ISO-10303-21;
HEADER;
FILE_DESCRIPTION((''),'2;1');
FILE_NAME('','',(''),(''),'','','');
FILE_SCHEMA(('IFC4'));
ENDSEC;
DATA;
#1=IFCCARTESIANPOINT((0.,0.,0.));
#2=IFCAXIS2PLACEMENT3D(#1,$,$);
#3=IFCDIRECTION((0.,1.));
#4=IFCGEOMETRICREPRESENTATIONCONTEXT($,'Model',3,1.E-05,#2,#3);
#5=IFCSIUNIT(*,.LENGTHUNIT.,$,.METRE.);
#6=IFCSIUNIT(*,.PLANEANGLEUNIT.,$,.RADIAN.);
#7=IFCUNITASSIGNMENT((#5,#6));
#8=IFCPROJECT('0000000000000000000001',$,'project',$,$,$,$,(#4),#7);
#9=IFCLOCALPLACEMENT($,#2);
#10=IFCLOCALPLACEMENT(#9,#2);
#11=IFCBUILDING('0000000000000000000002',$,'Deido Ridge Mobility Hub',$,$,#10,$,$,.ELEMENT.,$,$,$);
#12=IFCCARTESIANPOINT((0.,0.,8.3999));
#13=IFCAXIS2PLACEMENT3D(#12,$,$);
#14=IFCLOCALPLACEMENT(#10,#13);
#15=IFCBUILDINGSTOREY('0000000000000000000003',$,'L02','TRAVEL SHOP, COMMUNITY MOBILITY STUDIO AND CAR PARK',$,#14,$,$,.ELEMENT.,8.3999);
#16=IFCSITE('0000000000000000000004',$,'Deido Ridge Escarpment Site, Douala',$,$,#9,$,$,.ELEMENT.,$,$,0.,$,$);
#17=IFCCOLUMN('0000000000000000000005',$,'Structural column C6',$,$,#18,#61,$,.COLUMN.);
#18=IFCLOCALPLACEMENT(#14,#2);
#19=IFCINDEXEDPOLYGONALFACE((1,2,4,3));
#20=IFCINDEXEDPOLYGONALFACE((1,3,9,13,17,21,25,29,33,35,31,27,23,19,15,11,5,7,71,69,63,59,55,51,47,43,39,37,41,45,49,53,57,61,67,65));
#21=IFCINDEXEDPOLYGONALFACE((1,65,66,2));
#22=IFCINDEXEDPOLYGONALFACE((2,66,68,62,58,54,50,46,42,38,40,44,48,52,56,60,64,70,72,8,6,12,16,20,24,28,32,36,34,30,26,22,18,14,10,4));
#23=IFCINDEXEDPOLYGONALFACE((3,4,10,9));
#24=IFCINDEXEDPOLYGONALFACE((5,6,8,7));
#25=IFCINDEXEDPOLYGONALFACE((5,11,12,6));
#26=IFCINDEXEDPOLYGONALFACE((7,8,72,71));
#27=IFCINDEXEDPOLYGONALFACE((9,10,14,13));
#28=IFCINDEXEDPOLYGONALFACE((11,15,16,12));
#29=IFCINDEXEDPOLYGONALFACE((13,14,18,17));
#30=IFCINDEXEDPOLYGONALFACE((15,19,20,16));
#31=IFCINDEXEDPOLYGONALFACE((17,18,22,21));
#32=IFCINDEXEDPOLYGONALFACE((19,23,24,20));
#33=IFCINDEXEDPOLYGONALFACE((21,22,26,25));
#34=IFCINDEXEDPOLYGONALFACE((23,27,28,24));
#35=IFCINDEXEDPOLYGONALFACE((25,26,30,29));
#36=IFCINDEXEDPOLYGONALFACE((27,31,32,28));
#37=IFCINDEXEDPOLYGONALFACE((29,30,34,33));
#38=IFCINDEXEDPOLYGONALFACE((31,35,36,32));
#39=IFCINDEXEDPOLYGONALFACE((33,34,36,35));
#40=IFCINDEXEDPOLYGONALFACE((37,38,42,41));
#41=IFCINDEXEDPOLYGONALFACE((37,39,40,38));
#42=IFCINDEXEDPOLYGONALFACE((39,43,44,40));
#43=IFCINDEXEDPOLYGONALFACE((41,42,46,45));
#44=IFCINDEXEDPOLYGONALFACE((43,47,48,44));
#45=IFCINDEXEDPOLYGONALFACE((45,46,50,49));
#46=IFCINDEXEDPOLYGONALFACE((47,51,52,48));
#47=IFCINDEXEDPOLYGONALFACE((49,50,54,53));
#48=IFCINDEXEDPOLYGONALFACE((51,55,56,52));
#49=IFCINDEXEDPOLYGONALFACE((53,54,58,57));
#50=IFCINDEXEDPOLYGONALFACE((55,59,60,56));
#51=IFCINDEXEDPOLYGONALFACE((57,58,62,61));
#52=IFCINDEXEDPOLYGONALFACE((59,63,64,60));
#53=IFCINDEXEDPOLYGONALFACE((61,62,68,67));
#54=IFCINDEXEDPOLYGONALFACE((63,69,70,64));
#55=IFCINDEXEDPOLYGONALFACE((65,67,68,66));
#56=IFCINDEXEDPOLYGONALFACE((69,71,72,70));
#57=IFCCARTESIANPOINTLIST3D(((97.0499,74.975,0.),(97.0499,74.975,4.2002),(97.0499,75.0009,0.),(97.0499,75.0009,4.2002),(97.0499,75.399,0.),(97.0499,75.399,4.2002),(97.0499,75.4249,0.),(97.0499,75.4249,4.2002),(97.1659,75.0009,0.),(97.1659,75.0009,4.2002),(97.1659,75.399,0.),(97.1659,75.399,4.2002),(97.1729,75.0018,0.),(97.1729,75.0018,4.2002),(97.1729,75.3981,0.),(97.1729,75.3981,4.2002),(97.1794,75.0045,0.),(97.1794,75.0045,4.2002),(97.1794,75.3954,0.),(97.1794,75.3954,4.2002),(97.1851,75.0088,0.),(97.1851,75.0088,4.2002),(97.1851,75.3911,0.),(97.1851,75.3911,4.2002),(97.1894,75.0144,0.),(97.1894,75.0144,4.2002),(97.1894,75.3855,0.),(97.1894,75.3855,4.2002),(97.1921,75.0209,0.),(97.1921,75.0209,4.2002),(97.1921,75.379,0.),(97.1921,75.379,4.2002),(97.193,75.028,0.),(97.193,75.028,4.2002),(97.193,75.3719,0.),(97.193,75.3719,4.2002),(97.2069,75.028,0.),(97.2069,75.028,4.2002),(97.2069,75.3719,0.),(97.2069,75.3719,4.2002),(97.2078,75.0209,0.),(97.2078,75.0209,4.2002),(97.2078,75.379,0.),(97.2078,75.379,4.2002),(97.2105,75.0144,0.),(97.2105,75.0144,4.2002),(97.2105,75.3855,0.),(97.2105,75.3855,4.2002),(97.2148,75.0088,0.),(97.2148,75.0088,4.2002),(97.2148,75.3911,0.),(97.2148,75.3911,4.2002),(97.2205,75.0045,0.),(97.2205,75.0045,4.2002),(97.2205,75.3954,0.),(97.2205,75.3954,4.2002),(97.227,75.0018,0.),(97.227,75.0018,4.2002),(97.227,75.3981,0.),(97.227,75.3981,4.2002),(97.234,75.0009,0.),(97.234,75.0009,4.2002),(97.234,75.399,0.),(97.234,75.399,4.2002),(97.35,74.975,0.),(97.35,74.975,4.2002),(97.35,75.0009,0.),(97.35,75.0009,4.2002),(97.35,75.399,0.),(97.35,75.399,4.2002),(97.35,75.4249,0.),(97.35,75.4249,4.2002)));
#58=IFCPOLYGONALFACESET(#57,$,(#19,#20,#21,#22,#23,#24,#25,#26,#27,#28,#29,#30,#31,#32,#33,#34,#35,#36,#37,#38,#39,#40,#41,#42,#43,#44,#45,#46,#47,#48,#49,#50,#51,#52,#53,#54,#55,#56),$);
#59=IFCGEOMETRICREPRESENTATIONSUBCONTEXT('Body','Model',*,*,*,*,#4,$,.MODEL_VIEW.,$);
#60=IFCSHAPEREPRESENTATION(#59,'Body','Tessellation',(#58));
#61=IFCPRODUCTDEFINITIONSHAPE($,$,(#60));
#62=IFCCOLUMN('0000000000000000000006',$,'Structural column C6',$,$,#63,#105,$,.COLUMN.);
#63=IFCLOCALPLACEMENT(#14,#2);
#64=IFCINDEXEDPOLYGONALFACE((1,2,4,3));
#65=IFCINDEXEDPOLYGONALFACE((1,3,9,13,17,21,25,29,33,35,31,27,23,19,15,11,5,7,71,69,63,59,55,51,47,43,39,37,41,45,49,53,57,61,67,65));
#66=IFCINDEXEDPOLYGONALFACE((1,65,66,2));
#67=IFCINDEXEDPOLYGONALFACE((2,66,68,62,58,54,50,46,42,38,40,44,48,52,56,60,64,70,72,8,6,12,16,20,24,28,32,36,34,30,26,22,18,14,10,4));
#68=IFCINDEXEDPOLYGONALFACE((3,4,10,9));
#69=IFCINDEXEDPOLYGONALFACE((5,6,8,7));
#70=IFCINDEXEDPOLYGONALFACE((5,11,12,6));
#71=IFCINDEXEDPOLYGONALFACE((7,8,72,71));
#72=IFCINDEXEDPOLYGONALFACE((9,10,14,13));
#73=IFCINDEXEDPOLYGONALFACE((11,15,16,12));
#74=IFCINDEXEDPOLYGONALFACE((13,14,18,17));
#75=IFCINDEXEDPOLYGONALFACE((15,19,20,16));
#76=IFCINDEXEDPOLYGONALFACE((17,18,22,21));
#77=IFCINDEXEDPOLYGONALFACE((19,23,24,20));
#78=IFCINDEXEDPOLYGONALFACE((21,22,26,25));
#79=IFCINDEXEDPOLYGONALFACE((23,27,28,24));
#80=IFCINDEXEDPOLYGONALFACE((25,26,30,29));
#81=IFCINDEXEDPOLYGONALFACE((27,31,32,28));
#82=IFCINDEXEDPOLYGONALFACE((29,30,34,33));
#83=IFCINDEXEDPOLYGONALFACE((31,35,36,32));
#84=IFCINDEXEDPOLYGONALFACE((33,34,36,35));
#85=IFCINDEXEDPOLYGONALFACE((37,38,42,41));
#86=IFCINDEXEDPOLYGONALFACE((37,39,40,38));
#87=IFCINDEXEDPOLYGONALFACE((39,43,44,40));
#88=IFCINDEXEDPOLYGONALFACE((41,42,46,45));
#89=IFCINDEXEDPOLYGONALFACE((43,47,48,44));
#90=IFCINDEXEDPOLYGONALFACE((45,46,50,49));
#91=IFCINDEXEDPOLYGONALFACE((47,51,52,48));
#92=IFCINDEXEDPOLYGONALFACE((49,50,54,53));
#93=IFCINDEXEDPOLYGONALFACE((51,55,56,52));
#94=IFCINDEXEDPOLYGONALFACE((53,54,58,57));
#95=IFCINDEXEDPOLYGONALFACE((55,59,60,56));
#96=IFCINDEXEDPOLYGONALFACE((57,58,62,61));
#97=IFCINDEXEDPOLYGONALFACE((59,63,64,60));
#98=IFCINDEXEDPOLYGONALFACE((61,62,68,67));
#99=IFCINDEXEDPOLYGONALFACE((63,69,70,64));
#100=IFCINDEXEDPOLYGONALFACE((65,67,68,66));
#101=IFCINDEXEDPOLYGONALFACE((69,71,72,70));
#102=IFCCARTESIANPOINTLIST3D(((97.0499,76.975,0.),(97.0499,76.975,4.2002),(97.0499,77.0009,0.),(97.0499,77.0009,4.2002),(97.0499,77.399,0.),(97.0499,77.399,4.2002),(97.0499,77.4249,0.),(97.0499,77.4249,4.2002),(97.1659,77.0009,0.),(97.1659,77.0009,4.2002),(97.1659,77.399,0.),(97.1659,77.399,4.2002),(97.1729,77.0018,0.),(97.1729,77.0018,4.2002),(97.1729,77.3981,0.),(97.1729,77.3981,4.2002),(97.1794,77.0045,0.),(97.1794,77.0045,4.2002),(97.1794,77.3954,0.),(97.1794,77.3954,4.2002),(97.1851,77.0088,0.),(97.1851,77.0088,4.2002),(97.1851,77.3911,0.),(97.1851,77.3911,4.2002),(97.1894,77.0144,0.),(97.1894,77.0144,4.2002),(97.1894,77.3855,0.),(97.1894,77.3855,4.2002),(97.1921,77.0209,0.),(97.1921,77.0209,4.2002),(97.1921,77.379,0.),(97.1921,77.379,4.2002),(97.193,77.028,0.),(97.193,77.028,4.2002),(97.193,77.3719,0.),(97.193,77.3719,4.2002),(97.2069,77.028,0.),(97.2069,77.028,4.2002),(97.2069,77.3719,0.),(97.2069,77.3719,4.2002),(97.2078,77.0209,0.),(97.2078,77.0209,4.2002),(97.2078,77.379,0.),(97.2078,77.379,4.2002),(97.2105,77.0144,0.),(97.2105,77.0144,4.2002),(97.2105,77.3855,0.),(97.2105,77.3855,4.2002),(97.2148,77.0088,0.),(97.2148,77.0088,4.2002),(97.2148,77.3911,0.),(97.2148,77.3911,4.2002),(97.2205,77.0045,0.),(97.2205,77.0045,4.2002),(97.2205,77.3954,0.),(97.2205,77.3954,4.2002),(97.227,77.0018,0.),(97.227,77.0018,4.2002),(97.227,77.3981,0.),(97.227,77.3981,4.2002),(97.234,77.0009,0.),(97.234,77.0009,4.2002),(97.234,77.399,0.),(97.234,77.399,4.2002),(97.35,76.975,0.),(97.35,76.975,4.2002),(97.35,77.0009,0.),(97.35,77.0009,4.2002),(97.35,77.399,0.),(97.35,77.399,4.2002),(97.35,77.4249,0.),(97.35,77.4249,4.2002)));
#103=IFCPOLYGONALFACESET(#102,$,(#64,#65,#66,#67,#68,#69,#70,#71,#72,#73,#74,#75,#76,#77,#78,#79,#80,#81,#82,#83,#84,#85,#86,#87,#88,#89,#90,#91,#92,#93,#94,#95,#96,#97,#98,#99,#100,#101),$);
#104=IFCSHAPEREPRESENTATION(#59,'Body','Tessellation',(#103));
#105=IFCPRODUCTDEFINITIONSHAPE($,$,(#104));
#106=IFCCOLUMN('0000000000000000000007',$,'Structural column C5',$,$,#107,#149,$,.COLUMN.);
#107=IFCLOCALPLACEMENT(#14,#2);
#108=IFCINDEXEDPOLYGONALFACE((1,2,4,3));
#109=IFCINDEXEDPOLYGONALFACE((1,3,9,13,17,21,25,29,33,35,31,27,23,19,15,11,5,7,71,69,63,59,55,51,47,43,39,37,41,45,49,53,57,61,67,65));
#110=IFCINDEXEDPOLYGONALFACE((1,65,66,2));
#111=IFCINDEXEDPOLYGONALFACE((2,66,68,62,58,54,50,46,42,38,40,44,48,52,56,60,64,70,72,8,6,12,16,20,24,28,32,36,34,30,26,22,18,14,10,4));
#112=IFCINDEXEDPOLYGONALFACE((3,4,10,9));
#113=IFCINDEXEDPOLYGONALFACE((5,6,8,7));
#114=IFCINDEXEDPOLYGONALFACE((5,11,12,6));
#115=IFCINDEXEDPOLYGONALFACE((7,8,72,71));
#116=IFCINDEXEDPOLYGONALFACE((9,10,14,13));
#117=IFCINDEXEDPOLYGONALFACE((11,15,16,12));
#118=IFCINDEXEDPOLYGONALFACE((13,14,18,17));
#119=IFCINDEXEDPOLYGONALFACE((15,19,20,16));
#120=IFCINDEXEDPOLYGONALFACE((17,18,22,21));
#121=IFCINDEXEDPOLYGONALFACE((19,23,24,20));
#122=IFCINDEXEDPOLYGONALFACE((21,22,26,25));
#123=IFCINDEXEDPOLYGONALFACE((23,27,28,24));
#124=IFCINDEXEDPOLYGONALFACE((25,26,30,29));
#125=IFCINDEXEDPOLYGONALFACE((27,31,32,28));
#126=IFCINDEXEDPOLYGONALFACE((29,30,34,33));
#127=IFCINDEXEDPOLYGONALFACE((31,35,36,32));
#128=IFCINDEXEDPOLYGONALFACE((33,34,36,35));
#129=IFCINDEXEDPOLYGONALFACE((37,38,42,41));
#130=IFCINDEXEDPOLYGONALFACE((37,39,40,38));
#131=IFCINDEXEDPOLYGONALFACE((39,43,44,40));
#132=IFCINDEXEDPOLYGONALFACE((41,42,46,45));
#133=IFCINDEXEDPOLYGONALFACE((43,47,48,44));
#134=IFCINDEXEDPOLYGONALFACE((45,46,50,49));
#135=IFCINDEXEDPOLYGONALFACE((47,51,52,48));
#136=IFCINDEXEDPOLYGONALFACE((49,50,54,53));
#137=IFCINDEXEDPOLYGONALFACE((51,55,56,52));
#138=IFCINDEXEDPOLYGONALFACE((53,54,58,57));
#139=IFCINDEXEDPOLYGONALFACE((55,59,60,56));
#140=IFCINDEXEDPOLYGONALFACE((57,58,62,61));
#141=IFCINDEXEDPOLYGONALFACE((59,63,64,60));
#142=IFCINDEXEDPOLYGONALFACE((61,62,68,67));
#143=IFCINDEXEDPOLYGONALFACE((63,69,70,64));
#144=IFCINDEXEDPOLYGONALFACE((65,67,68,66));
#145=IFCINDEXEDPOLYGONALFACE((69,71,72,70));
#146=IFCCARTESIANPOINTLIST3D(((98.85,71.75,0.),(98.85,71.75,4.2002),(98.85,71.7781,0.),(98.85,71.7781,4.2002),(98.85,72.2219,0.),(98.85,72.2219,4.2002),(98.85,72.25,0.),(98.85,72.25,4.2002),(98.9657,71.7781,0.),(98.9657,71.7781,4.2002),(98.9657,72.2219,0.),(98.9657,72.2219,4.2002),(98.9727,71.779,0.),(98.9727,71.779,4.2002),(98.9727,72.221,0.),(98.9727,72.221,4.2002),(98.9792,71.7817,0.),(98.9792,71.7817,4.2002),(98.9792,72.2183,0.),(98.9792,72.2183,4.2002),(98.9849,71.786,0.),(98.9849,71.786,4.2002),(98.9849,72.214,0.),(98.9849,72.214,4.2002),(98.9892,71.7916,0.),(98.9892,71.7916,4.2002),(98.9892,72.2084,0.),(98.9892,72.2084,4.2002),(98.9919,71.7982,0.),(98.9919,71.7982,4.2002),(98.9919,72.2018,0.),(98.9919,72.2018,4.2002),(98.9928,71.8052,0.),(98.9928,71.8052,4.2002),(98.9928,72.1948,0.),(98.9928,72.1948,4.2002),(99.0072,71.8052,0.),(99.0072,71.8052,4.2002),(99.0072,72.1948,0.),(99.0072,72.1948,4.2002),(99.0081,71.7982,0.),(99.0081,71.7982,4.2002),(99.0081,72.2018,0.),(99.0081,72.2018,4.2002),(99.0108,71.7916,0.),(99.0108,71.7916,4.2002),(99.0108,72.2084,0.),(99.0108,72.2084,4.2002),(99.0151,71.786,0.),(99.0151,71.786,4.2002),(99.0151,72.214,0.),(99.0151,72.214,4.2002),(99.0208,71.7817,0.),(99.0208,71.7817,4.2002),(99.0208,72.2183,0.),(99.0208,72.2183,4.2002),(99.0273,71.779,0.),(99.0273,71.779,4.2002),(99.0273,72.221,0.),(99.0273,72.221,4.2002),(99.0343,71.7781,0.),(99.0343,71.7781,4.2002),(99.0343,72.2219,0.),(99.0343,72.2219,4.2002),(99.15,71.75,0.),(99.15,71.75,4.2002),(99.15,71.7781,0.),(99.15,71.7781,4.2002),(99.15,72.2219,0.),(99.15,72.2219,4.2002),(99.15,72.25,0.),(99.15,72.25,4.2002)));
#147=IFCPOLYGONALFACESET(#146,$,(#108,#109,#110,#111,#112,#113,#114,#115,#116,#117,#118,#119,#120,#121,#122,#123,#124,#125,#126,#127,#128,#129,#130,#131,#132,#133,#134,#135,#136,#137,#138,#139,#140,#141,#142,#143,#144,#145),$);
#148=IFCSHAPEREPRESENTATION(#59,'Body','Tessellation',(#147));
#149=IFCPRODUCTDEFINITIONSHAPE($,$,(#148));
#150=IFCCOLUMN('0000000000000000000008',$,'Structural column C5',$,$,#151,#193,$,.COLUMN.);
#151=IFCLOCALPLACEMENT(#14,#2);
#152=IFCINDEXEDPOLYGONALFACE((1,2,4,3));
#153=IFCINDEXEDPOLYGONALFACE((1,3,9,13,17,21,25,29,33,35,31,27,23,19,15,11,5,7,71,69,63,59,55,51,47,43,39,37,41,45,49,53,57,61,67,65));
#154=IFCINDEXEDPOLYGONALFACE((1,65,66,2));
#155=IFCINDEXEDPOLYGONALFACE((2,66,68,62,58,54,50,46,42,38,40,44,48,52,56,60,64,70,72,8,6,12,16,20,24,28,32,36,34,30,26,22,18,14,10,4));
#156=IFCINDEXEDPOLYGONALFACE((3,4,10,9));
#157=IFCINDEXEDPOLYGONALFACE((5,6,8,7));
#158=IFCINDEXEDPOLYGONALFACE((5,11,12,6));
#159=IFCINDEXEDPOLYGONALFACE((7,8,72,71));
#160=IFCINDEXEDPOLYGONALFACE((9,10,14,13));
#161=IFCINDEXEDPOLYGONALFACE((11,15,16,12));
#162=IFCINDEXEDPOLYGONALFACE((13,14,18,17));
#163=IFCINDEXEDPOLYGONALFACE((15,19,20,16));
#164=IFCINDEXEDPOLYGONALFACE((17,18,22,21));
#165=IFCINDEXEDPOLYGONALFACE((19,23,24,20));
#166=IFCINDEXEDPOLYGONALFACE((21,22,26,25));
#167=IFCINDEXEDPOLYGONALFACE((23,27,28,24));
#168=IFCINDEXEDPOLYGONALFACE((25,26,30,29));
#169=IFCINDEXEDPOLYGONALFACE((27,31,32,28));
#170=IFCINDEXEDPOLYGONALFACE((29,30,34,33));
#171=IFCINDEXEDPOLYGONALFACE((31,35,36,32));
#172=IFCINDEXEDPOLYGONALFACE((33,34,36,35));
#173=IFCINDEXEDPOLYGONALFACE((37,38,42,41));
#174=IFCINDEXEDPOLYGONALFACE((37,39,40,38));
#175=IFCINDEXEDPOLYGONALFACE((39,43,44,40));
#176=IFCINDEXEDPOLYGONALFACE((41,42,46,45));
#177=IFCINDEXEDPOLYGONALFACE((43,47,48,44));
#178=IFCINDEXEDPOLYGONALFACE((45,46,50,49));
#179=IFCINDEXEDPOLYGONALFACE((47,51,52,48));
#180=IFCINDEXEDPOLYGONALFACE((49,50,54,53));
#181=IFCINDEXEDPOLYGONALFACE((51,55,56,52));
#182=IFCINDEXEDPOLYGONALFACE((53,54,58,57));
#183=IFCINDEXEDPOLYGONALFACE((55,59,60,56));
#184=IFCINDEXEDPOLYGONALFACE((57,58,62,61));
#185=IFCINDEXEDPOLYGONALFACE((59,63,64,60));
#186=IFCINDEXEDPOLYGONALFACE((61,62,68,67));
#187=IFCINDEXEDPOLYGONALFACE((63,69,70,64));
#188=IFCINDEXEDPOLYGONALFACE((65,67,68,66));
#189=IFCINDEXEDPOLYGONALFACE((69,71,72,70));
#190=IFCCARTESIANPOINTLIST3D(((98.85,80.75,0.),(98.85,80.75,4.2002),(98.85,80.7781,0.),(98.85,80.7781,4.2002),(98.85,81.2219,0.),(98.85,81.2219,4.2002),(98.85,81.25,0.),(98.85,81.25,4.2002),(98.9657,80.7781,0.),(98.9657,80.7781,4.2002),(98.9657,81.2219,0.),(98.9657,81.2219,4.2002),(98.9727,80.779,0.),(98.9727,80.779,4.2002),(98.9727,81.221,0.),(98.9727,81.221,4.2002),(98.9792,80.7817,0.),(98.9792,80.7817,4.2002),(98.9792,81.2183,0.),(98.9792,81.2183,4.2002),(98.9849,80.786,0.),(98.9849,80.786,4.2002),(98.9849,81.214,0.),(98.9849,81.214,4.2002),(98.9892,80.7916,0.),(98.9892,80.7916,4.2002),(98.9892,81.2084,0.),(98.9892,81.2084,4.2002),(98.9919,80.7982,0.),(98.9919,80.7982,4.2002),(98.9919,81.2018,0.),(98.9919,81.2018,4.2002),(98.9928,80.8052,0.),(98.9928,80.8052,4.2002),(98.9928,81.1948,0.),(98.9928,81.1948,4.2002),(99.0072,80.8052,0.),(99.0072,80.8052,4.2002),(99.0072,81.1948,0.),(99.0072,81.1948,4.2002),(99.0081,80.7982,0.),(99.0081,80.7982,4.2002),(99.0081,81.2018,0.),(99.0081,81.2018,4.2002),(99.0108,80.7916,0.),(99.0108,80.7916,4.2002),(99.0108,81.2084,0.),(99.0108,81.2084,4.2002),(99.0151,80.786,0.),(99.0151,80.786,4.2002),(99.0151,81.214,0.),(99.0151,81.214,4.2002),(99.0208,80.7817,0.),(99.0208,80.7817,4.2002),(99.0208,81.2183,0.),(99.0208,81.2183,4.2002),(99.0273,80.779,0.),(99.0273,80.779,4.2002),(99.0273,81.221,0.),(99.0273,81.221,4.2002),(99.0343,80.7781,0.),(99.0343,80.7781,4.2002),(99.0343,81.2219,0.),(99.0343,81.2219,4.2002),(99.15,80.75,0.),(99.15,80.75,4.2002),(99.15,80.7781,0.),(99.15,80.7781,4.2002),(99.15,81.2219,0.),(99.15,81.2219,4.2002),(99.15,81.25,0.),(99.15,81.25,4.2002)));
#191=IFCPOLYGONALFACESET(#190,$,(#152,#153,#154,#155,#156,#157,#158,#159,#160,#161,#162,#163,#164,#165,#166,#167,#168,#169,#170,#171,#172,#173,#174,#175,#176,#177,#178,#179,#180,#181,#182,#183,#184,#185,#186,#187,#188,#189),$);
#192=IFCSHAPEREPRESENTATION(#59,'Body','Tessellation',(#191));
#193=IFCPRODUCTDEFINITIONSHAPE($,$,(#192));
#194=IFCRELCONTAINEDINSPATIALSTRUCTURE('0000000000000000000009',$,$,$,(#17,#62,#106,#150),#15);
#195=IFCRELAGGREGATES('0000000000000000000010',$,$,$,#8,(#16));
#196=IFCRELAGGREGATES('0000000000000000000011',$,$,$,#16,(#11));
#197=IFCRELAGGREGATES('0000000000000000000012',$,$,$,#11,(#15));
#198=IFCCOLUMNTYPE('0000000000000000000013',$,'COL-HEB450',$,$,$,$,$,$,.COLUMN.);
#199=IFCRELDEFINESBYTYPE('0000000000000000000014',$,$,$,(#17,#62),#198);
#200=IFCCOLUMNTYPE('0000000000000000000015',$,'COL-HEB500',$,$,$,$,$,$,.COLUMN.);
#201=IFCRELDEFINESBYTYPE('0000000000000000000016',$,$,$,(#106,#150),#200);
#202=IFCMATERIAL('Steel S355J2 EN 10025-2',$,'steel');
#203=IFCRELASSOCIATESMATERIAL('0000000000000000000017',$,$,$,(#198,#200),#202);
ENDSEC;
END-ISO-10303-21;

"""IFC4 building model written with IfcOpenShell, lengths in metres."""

from ifc_helpers import new_model, si_unit, direction, frame, origin, origin_2d, place, context, subcontext, project, spatial, i_section, extrude, material, material_profile, profile_set, type_object, element, save


model = new_model("IFC4")

# Units and contexts
model_context = context("Model", 3, precision=1e-05, world=origin(), true_north=direction((0.0, 1.0)))
body_context = subcontext(model_context, "Body", "Model", "MODEL_VIEW")
ifc_project = project(units=[si_unit("LENGTHUNIT", "METRE"), si_unit("PLANEANGLEUNIT", "RADIAN")], contexts=[model_context])

# Site, building, storey
site_placement = place(None, origin())
site = spatial("IfcSite", under=ifc_project, at=site_placement, Name="Deido Ridge Escarpment Site, Douala", CompositionType="ELEMENT", RefElevation=0.0)
building_placement = place(site_placement, origin())
building = spatial("IfcBuilding", under=site, at=building_placement, Name="Deido Ridge Mobility Hub", CompositionType="ELEMENT")
storey_placement = place(building_placement, frame((0.0, 0.0, 8.3999)))
storey = spatial("IfcBuildingStorey", under=building, at=storey_placement, Name="L02", Description="TRAVEL SHOP, COMMUNITY MOBILITY STUDIO AND CAR PARK", CompositionType="ELEMENT", Elevation=8.3999)

# Columns
ifc_material_1 = material(Name="Steel S355J2 EN 10025-2", Category="steel")
ifc_material_profile_1 = material_profile(ifc_material_1, i_section(OverallWidth=0.3, OverallDepth=0.45, WebThickness=0.0139, FlangeThickness=0.0259, FilletRadius=0.0271, at=origin_2d()), Name="HEB 450")
ifc_profile_set_1 = profile_set([ifc_material_profile_1], Name="Steel S355J2 EN 10025-2")
column_type_1 = type_object("IfcColumnType", Name="COL-HEB450", PredefinedType="COLUMN", material=ifc_profile_set_1)
for number, where, z_axis, x_axis, name in (
    (1, (97.2, 75.2, 0.0), (0.0, 0.0, 1.0), (1.0, 0.0, 0.0), "Structural column C6"),
    (2, (97.2, 77.2, 0.0), (0.0, 0.0, 1.0), (1.0, 0.0, 0.0), "Structural column C6"),
):
    element("IfcColumn", number, at=place(storey_placement, frame(where, z_axis=z_axis, x_axis=x_axis)), inside=storey, type_object=column_type_1, Name=name, PredefinedType="COLUMN", context=body_context, shape_type="SweptSolid", body=[
        extrude(i_section(OverallWidth=0.3, OverallDepth=0.45, WebThickness=0.0139, FlangeThickness=0.0259, FilletRadius=0.0271, at=origin_2d()), origin(), (0.0, 0.0, 1.0), 4.2002),
    ])
ifc_material_profile_2 = material_profile(ifc_material_1, i_section(OverallWidth=0.3, OverallDepth=0.5, WebThickness=0.0144, FlangeThickness=0.0281, FilletRadius=0.0271, at=origin_2d()), Name="HEB 500")
ifc_profile_set_2 = profile_set([ifc_material_profile_2], Name="Steel S355J2 EN 10025-2")
column_type_2 = type_object("IfcColumnType", Name="COL-HEB500", PredefinedType="COLUMN", material=ifc_profile_set_2)
for number, where, z_axis, x_axis, name in (
    (3, (99.0, 72.0, 0.0), (0.0, 0.0, 1.0), (1.0, 0.0, 0.0), "Structural column C5"),
    (4, (99.0, 81.0, 0.0), (0.0, 0.0, 1.0), (1.0, 0.0, 0.0), "Structural column C5"),
):
    element("IfcColumn", number, at=place(storey_placement, frame(where, z_axis=z_axis, x_axis=x_axis)), inside=storey, type_object=column_type_2, Name=name, PredefinedType="COLUMN", context=body_context, shape_type="SweptSolid", body=[
        extrude(i_section(OverallWidth=0.3, OverallDepth=0.5, WebThickness=0.0144, FlangeThickness=0.0281, FilletRadius=0.0271, at=origin_2d()), origin(), (0.0, 0.0, 1.0), 4.2002),
    ])

save(model, "model.ifc")
